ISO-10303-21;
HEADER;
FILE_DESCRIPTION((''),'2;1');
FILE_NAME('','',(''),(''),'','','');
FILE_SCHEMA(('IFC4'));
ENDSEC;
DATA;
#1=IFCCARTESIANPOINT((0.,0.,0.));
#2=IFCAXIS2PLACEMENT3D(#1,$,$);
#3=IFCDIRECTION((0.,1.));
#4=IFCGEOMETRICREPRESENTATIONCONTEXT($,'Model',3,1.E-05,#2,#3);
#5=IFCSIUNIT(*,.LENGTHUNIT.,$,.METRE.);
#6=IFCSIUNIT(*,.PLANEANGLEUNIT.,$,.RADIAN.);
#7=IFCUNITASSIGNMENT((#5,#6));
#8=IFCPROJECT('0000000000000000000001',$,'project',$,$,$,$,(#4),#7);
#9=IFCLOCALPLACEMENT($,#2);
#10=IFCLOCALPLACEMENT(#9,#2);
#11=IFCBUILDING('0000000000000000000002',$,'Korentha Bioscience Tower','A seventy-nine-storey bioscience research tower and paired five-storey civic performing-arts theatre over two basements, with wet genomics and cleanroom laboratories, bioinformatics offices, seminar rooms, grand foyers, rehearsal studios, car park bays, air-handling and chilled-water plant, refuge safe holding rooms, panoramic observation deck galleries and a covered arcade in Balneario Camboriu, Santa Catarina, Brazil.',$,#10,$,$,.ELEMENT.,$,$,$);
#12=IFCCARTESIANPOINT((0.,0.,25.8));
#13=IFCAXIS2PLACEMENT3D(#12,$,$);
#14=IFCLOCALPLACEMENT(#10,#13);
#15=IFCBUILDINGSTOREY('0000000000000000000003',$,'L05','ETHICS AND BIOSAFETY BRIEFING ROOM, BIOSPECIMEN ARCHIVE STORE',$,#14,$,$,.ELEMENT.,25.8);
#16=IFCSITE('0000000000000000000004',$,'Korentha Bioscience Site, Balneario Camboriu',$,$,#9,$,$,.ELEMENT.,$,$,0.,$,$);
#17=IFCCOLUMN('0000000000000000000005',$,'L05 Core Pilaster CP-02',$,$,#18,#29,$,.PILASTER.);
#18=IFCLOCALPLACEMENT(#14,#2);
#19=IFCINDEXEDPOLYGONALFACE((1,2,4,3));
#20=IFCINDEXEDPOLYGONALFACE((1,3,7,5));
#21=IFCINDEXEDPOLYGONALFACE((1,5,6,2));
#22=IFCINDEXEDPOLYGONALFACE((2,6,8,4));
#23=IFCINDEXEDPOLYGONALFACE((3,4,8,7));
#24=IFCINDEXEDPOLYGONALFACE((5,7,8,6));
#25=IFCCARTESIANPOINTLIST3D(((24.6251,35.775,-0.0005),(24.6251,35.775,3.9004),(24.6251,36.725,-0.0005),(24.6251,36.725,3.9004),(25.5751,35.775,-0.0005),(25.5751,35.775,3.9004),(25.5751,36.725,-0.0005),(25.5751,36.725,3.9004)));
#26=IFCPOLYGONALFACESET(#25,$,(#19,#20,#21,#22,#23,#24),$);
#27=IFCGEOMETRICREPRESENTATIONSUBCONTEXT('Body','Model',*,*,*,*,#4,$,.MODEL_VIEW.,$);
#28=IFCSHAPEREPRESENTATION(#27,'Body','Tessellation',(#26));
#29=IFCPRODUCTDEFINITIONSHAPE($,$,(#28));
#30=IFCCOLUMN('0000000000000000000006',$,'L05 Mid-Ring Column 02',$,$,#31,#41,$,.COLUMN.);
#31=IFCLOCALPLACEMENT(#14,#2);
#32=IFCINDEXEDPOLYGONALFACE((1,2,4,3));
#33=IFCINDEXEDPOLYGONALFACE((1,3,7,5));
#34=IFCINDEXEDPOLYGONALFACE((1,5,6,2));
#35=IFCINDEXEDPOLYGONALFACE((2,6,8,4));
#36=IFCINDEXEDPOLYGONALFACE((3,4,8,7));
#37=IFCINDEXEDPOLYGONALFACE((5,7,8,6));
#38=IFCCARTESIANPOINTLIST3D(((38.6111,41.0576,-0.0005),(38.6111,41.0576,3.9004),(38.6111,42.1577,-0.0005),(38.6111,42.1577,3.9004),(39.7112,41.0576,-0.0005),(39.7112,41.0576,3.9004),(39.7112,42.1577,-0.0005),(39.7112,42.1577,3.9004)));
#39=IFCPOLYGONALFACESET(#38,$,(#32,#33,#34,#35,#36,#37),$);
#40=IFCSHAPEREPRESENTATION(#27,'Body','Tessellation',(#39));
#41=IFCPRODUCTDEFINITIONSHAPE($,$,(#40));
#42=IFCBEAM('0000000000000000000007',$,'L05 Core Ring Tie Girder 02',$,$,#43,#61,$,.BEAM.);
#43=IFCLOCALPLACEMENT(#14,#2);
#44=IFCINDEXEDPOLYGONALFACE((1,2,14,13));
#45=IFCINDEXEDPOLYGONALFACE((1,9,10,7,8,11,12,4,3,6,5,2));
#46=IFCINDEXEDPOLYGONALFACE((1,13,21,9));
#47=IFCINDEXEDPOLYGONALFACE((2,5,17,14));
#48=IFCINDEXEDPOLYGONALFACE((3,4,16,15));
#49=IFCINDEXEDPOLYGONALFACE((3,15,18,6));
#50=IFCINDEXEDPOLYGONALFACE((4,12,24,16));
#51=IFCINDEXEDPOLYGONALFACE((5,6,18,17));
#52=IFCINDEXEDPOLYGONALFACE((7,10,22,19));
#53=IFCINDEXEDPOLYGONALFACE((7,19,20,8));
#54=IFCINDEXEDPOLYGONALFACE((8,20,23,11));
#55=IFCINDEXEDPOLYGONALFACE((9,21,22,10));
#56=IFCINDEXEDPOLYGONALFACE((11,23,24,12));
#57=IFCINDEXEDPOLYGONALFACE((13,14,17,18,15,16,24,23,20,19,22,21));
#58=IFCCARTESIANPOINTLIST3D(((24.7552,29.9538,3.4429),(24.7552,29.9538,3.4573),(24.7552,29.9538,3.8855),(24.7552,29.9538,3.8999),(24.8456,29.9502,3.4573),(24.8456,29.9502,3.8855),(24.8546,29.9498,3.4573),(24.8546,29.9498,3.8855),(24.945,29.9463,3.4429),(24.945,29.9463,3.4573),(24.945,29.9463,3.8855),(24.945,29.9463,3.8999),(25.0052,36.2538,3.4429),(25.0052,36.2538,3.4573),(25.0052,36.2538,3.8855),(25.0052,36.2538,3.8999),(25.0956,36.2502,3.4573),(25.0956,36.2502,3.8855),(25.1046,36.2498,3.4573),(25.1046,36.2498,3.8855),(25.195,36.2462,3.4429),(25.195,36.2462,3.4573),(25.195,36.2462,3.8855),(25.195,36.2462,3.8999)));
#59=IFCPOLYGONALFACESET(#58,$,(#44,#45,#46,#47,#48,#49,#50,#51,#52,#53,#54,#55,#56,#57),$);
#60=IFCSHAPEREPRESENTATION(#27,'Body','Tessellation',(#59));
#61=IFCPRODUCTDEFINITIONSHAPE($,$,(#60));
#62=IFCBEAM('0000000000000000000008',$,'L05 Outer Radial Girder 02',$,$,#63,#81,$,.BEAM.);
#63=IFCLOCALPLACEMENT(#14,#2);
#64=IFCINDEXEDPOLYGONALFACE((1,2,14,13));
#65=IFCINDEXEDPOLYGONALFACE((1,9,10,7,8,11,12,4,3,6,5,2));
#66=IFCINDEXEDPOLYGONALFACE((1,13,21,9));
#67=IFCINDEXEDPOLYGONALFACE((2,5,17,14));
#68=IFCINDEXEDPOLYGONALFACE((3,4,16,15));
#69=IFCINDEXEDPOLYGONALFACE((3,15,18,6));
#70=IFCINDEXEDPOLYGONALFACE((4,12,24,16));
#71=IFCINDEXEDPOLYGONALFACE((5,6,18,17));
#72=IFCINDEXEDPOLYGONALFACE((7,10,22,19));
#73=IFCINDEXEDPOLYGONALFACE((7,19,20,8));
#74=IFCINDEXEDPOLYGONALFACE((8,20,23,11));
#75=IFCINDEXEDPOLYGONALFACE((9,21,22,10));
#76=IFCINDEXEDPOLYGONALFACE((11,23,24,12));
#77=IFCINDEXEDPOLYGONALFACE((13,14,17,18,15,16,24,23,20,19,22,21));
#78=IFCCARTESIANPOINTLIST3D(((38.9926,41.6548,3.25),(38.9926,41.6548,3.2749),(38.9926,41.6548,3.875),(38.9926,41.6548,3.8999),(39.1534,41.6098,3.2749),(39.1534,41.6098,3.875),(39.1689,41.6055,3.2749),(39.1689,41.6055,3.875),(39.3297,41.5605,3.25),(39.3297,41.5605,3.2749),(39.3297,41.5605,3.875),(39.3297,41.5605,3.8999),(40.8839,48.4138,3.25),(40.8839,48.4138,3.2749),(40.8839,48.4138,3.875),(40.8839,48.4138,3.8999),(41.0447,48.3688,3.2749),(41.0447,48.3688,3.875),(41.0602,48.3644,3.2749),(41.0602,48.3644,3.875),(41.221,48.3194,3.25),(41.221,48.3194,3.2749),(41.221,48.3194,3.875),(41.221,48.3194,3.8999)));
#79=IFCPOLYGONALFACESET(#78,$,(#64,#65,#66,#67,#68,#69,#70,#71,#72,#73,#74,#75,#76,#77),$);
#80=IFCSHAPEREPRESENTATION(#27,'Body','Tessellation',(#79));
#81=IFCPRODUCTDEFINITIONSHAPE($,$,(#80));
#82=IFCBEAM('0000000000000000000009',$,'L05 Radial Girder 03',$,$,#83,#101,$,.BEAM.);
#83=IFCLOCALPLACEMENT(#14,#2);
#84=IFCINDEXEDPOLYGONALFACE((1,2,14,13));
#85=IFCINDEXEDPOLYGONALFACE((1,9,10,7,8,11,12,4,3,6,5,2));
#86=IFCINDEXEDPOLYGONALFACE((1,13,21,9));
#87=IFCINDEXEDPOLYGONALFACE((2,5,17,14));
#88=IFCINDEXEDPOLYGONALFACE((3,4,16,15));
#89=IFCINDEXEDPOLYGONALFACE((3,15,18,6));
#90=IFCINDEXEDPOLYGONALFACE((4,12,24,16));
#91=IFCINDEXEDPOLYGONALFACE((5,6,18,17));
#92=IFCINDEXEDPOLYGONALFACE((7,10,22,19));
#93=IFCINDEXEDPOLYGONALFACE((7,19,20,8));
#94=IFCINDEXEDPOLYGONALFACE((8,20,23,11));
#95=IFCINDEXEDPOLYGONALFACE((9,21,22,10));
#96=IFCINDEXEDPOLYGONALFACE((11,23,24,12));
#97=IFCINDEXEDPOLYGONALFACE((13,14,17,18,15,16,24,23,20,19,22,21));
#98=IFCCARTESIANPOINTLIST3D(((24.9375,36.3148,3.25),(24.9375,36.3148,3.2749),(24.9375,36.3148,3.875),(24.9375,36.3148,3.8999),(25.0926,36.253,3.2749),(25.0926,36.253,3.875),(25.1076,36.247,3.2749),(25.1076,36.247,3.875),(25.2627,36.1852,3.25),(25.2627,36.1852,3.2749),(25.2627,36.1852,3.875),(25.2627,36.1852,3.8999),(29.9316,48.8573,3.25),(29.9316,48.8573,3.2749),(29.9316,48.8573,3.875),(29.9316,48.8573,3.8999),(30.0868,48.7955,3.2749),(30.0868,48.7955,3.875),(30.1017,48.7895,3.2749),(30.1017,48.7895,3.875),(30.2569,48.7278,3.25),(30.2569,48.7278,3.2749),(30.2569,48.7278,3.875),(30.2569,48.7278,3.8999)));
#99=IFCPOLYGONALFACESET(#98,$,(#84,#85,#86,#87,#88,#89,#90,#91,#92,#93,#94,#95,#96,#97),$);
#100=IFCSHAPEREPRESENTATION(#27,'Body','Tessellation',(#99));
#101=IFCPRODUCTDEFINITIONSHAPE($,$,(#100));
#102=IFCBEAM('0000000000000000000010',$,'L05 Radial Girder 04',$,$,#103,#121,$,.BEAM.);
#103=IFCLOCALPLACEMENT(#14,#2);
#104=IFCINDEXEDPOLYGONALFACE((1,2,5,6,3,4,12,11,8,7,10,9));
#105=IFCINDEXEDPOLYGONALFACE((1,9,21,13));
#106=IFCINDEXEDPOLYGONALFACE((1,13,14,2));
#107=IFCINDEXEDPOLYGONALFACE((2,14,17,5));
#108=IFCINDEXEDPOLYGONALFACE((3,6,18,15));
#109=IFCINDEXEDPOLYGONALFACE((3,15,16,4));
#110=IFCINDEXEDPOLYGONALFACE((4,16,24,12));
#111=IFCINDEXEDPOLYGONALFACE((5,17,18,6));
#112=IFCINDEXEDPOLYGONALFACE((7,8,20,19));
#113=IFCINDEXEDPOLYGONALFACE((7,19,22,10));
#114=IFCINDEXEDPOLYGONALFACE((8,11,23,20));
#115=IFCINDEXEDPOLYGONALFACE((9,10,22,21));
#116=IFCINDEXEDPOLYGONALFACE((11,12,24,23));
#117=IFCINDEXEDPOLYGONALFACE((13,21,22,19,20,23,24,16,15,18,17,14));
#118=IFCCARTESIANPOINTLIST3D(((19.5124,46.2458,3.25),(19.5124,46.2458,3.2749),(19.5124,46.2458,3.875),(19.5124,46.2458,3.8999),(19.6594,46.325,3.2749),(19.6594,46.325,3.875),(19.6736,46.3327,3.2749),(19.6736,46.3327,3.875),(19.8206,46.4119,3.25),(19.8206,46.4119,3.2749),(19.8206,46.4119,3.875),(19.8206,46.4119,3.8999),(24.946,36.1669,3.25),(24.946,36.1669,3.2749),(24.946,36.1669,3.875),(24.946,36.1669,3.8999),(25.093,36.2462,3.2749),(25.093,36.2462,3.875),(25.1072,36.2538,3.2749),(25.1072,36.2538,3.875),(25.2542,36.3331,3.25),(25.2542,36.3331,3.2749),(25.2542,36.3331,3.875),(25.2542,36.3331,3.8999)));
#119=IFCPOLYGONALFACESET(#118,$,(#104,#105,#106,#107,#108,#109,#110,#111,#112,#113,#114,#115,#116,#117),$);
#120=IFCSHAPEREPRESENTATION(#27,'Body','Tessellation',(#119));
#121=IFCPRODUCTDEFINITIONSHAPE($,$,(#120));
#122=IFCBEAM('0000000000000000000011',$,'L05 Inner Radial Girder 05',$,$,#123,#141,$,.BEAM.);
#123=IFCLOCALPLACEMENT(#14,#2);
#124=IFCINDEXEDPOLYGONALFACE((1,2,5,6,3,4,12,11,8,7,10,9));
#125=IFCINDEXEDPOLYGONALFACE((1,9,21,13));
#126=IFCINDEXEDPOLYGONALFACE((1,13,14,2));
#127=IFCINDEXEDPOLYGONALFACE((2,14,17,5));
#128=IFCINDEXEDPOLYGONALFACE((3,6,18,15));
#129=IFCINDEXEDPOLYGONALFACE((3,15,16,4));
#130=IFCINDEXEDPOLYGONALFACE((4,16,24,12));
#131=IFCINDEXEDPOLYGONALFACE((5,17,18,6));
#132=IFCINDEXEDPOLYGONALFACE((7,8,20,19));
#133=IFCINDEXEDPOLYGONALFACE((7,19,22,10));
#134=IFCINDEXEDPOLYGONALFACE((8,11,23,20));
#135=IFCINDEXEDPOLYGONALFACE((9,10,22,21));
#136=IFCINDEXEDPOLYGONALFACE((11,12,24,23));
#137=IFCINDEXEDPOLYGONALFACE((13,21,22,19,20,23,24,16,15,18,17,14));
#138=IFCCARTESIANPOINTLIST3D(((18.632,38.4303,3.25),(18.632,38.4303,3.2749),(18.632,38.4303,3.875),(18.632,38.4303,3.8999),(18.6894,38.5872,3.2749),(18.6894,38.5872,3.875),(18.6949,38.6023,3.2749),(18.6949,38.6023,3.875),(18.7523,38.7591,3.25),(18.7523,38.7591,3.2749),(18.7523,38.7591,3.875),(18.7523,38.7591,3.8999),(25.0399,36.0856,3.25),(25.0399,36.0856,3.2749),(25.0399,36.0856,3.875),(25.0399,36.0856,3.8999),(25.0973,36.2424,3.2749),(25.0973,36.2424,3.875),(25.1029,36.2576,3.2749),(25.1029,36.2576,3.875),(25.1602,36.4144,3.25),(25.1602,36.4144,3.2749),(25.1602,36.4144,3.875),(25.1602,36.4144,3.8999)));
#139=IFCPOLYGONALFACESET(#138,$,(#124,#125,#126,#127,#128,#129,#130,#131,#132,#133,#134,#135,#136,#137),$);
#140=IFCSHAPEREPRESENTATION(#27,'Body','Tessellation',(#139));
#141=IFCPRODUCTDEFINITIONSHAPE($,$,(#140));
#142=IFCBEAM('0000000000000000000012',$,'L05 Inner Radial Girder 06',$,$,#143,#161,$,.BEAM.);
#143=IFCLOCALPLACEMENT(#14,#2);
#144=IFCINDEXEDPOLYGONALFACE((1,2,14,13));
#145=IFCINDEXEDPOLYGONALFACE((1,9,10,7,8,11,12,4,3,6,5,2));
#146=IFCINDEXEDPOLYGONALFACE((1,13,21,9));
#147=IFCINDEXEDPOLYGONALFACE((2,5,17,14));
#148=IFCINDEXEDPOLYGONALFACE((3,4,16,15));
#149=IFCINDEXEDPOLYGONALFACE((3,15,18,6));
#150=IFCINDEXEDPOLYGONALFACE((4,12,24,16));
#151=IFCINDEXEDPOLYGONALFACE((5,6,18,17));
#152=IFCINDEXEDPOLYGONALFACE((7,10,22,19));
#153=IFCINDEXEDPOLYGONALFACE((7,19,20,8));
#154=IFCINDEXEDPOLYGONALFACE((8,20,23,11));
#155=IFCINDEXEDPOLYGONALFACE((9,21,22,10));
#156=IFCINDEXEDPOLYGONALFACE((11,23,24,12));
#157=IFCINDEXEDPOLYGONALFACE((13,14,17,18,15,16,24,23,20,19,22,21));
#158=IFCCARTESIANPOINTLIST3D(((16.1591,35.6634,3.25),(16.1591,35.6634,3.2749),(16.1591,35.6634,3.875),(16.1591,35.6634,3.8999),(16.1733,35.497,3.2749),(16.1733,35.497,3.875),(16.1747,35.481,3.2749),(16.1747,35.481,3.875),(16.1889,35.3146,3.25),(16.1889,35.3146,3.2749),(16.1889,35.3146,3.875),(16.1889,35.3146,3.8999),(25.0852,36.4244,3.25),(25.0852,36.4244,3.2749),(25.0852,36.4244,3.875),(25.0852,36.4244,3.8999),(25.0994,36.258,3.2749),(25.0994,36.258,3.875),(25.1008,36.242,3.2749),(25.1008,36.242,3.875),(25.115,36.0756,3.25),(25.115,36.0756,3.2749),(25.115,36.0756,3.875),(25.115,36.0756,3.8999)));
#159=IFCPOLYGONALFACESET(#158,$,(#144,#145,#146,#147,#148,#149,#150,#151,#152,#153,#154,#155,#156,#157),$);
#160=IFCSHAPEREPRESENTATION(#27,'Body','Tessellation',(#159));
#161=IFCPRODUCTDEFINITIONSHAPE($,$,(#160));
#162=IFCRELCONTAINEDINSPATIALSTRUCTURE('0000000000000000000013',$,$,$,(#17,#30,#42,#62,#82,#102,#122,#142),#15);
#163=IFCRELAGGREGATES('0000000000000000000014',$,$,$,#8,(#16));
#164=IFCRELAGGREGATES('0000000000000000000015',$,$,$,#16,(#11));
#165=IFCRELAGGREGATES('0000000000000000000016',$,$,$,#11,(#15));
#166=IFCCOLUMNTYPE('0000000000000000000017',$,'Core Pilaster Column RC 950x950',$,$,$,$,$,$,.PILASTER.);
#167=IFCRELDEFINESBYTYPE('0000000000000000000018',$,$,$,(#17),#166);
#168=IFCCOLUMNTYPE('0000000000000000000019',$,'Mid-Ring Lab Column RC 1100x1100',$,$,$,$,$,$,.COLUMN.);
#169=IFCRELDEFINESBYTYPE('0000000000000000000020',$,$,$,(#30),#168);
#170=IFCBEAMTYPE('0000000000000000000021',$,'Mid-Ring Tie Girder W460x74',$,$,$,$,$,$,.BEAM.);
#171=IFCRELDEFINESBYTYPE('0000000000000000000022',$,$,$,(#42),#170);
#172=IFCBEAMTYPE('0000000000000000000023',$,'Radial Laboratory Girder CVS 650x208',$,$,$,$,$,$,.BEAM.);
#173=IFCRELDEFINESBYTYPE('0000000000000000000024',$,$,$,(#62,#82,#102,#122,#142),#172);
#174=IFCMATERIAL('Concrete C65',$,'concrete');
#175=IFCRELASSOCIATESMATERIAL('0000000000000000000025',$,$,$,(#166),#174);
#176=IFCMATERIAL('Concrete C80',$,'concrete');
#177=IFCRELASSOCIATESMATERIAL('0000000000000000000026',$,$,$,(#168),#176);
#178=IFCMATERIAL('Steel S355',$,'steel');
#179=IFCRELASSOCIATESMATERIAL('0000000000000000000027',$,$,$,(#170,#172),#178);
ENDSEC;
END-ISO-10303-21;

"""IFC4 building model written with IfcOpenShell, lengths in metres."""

from ifc_helpers import new_model, si_unit, direction, frame, origin, origin_2d, place, context, subcontext, project, spatial, rectangle, i_section, extrude, material, material_profile, profile_set, type_object, element, save


model = new_model("IFC4")

# Units and contexts
model_context = context("Model", 3, precision=1e-05, world=origin(), true_north=direction((0.0, 1.0)))
body_context = subcontext(model_context, "Body", "Model", "MODEL_VIEW")
ifc_project = project(units=[si_unit("LENGTHUNIT", "METRE"), si_unit("PLANEANGLEUNIT", "RADIAN")], contexts=[model_context])

# Site, building, storey
site_placement = place(None, origin())
site = spatial("IfcSite", under=ifc_project, at=site_placement, Name="Korentha Bioscience Site, Balneario Camboriu", CompositionType="ELEMENT", RefElevation=0.0)
building_placement = place(site_placement, origin())
building = spatial("IfcBuilding", under=site, at=building_placement, Name="Korentha Bioscience Tower", Description="A seventy-nine-storey bioscience research tower and paired five-storey civic performing-arts theatre over two basements, with wet genomics and cleanroom laboratories, bioinformatics offices, seminar rooms, grand foyers, rehearsal studios, car park bays, air-handling and chilled-water plant, refuge safe holding rooms, panoramic observation deck galleries and a covered arcade in Balneario Camboriu, Santa Catarina, Brazil.", CompositionType="ELEMENT")
storey_placement = place(building_placement, frame((0.0, 0.0, 25.8)))
storey = spatial("IfcBuildingStorey", under=building, at=storey_placement, Name="L05", Description="ETHICS AND BIOSAFETY BRIEFING ROOM, BIOSPECIMEN ARCHIVE STORE", CompositionType="ELEMENT", Elevation=25.8)

# Columns
ifc_material_1 = material(Name="Concrete C65", Category="concrete")
ifc_material_profile_1 = material_profile(ifc_material_1, rectangle(XDim=0.95, YDim=0.95, at=origin_2d()), Name="Concrete C65")
ifc_profile_set_1 = profile_set([ifc_material_profile_1], Name="Concrete C65 (COL-CP09)")
column_type_1 = type_object("IfcColumnType", Name="Core Pilaster Column RC 950x950", PredefinedType="PILASTER", material=ifc_profile_set_1)
column_1_placement = place(storey_placement, frame((25.1001, 36.25, -0.0005), z_axis=(0.0, 0.0, 1.0), x_axis=(1.0, 0.0, 0.0)))
element("IfcColumn", 1, at=column_1_placement, inside=storey, type_object=column_type_1, Name="L05 Core Pilaster CP-02", PredefinedType="PILASTER", context=body_context, shape_type="SweptSolid", body=[
    extrude(rectangle(XDim=0.95, YDim=0.95, at=origin_2d()), origin(), (0.0, 0.0, 1.0), 3.9009),
])
ifc_material_2 = material(Name="Concrete C80", Category="concrete")
ifc_material_profile_2 = material_profile(ifc_material_2, rectangle(XDim=1.1001, YDim=1.1001, at=origin_2d()), Name="Concrete C80")
ifc_profile_set_2 = profile_set([ifc_material_profile_2], Name="Concrete C80 (COL-MR11)")
column_type_2 = type_object("IfcColumnType", Name="Mid-Ring Lab Column RC 1100x1100", PredefinedType="COLUMN", material=ifc_profile_set_2)
column_2_placement = place(storey_placement, frame((39.1611, 41.6077, -0.0005), z_axis=(0.0, 0.0, 1.0), x_axis=(1.0, 0.0, 0.0)))
element("IfcColumn", 2, at=column_2_placement, inside=storey, type_object=column_type_2, Name="L05 Mid-Ring Column 02", PredefinedType="COLUMN", context=body_context, shape_type="SweptSolid", body=[
    extrude(rectangle(XDim=1.1001, YDim=1.1001, at=origin_2d()), origin(), (0.0, 0.0, 1.0), 3.9009),
])

# Beams
ifc_material_3 = material(Name="Steel S355", Category="steel")
ifc_material_profile_3 = material_profile(ifc_material_3, i_section(OverallWidth=0.1899, OverallDepth=0.457, WebThickness=0.009, FlangeThickness=0.0144, at=origin_2d()), Name="Steel S355")
ifc_profile_set_3 = profile_set([ifc_material_profile_3], Name="Steel S355 (MB-460)")
beam_type_1 = type_object("IfcBeamType", Name="Mid-Ring Tie Girder W460x74", PredefinedType="BEAM", material=ifc_profile_set_3)
beam_1_placement = place(storey_placement, frame((25.1001, 36.25, 3.6714), z_axis=(-0.039651, -0.999214, 0.0), x_axis=(0.999214, -0.039651, 0.0)))
element("IfcBeam", 3, at=beam_1_placement, inside=storey, type_object=beam_type_1, Name="L05 Core Ring Tie Girder 02", PredefinedType="BEAM", context=body_context, shape_type="SweptSolid", body=[
    extrude(i_section(OverallWidth=0.1899, OverallDepth=0.457, WebThickness=0.009, FlangeThickness=0.0144, at=origin_2d()), origin(), (0.0, 0.0, 1.0), 6.3049),
])
ifc_material_profile_4 = material_profile(ifc_material_3, i_section(OverallWidth=0.3501, OverallDepth=0.6499, WebThickness=0.0161, FlangeThickness=0.0249, at=origin_2d()), Name="Steel S355")
ifc_profile_set_4 = profile_set([ifc_material_profile_4], Name="Steel S355 (RB-650)")
beam_type_2 = type_object("IfcBeamType", Name="Radial Laboratory Girder CVS 650x208", PredefinedType="BEAM", material=ifc_profile_set_4)
beam_2_placement = place(storey_placement, frame((39.1611, 41.6077, 3.575), z_axis=(0.269475, 0.963007, 0.0), x_axis=(-0.963007, 0.269475, 0.0)))
element("IfcBeam", 4, at=beam_2_placement, inside=storey, type_object=beam_type_2, Name="L05 Outer Radial Girder 02", PredefinedType="BEAM", context=body_context, shape_type="SweptSolid", body=[
    extrude(i_section(OverallWidth=0.3501, OverallDepth=0.6499, WebThickness=0.0161, FlangeThickness=0.0249, at=origin_2d()), origin(), (0.0, 0.0, 1.0), 7.0186),
])
beam_3_placement = place(storey_placement, frame((25.1001, 36.25, 3.575), z_axis=(0.369931, 0.929059, 0.0), x_axis=(-0.929059, 0.369931, 0.0)))
element("IfcBeam", 5, at=beam_3_placement, inside=storey, type_object=beam_type_2, Name="L05 Radial Girder 03", PredefinedType="BEAM", context=body_context, shape_type="SweptSolid", body=[
    extrude(i_section(OverallWidth=0.3501, OverallDepth=0.6499, WebThickness=0.0161, FlangeThickness=0.0249, at=origin_2d()), origin(), (0.0, 0.0, 1.0), 13.5002),
])
beam_4_placement = place(storey_placement, frame((25.1001, 36.25, 3.575), z_axis=(-0.474541, 0.880233, 0.0), x_axis=(-0.880233, -0.474541, 0.0)))
element("IfcBeam", 6, at=beam_4_placement, inside=storey, type_object=beam_type_2, Name="L05 Radial Girder 04", PredefinedType="BEAM", context=body_context, shape_type="SweptSolid", body=[
    extrude(i_section(OverallWidth=0.3501, OverallDepth=0.6499, WebThickness=0.0161, FlangeThickness=0.0249, at=origin_2d()), origin(), (0.0, 0.0, 1.0), 11.4502),
])
beam_5_placement = place(storey_placement, frame((25.1001, 36.25, 3.575), z_axis=(-0.939106, 0.343627, 0.0), x_axis=(-0.343627, -0.939106, 0.0)))
element("IfcBeam", 7, at=beam_5_placement, inside=storey, type_object=beam_type_2, Name="L05 Inner Radial Girder 05", PredefinedType="BEAM", context=body_context, shape_type="SweptSolid", body=[
    extrude(i_section(OverallWidth=0.3501, OverallDepth=0.6499, WebThickness=0.0161, FlangeThickness=0.0249, at=origin_2d()), origin(), (0.0, 0.0, 1.0), 6.8235),
])
beam_6_placement = place(storey_placement, frame((25.1001, 36.25, 3.575), z_axis=(-0.996386, -0.084947, 0.0), x_axis=(0.084947, -0.996386, 0.0)))
element("IfcBeam", 8, at=beam_6_placement, inside=storey, type_object=beam_type_2, Name="L05 Inner Radial Girder 06", PredefinedType="BEAM", context=body_context, shape_type="SweptSolid", body=[
    extrude(i_section(OverallWidth=0.3501, OverallDepth=0.6499, WebThickness=0.0161, FlangeThickness=0.0249, at=origin_2d()), origin(), (0.0, 0.0, 1.0), 8.9585),
])

save(model, "model.ifc")
